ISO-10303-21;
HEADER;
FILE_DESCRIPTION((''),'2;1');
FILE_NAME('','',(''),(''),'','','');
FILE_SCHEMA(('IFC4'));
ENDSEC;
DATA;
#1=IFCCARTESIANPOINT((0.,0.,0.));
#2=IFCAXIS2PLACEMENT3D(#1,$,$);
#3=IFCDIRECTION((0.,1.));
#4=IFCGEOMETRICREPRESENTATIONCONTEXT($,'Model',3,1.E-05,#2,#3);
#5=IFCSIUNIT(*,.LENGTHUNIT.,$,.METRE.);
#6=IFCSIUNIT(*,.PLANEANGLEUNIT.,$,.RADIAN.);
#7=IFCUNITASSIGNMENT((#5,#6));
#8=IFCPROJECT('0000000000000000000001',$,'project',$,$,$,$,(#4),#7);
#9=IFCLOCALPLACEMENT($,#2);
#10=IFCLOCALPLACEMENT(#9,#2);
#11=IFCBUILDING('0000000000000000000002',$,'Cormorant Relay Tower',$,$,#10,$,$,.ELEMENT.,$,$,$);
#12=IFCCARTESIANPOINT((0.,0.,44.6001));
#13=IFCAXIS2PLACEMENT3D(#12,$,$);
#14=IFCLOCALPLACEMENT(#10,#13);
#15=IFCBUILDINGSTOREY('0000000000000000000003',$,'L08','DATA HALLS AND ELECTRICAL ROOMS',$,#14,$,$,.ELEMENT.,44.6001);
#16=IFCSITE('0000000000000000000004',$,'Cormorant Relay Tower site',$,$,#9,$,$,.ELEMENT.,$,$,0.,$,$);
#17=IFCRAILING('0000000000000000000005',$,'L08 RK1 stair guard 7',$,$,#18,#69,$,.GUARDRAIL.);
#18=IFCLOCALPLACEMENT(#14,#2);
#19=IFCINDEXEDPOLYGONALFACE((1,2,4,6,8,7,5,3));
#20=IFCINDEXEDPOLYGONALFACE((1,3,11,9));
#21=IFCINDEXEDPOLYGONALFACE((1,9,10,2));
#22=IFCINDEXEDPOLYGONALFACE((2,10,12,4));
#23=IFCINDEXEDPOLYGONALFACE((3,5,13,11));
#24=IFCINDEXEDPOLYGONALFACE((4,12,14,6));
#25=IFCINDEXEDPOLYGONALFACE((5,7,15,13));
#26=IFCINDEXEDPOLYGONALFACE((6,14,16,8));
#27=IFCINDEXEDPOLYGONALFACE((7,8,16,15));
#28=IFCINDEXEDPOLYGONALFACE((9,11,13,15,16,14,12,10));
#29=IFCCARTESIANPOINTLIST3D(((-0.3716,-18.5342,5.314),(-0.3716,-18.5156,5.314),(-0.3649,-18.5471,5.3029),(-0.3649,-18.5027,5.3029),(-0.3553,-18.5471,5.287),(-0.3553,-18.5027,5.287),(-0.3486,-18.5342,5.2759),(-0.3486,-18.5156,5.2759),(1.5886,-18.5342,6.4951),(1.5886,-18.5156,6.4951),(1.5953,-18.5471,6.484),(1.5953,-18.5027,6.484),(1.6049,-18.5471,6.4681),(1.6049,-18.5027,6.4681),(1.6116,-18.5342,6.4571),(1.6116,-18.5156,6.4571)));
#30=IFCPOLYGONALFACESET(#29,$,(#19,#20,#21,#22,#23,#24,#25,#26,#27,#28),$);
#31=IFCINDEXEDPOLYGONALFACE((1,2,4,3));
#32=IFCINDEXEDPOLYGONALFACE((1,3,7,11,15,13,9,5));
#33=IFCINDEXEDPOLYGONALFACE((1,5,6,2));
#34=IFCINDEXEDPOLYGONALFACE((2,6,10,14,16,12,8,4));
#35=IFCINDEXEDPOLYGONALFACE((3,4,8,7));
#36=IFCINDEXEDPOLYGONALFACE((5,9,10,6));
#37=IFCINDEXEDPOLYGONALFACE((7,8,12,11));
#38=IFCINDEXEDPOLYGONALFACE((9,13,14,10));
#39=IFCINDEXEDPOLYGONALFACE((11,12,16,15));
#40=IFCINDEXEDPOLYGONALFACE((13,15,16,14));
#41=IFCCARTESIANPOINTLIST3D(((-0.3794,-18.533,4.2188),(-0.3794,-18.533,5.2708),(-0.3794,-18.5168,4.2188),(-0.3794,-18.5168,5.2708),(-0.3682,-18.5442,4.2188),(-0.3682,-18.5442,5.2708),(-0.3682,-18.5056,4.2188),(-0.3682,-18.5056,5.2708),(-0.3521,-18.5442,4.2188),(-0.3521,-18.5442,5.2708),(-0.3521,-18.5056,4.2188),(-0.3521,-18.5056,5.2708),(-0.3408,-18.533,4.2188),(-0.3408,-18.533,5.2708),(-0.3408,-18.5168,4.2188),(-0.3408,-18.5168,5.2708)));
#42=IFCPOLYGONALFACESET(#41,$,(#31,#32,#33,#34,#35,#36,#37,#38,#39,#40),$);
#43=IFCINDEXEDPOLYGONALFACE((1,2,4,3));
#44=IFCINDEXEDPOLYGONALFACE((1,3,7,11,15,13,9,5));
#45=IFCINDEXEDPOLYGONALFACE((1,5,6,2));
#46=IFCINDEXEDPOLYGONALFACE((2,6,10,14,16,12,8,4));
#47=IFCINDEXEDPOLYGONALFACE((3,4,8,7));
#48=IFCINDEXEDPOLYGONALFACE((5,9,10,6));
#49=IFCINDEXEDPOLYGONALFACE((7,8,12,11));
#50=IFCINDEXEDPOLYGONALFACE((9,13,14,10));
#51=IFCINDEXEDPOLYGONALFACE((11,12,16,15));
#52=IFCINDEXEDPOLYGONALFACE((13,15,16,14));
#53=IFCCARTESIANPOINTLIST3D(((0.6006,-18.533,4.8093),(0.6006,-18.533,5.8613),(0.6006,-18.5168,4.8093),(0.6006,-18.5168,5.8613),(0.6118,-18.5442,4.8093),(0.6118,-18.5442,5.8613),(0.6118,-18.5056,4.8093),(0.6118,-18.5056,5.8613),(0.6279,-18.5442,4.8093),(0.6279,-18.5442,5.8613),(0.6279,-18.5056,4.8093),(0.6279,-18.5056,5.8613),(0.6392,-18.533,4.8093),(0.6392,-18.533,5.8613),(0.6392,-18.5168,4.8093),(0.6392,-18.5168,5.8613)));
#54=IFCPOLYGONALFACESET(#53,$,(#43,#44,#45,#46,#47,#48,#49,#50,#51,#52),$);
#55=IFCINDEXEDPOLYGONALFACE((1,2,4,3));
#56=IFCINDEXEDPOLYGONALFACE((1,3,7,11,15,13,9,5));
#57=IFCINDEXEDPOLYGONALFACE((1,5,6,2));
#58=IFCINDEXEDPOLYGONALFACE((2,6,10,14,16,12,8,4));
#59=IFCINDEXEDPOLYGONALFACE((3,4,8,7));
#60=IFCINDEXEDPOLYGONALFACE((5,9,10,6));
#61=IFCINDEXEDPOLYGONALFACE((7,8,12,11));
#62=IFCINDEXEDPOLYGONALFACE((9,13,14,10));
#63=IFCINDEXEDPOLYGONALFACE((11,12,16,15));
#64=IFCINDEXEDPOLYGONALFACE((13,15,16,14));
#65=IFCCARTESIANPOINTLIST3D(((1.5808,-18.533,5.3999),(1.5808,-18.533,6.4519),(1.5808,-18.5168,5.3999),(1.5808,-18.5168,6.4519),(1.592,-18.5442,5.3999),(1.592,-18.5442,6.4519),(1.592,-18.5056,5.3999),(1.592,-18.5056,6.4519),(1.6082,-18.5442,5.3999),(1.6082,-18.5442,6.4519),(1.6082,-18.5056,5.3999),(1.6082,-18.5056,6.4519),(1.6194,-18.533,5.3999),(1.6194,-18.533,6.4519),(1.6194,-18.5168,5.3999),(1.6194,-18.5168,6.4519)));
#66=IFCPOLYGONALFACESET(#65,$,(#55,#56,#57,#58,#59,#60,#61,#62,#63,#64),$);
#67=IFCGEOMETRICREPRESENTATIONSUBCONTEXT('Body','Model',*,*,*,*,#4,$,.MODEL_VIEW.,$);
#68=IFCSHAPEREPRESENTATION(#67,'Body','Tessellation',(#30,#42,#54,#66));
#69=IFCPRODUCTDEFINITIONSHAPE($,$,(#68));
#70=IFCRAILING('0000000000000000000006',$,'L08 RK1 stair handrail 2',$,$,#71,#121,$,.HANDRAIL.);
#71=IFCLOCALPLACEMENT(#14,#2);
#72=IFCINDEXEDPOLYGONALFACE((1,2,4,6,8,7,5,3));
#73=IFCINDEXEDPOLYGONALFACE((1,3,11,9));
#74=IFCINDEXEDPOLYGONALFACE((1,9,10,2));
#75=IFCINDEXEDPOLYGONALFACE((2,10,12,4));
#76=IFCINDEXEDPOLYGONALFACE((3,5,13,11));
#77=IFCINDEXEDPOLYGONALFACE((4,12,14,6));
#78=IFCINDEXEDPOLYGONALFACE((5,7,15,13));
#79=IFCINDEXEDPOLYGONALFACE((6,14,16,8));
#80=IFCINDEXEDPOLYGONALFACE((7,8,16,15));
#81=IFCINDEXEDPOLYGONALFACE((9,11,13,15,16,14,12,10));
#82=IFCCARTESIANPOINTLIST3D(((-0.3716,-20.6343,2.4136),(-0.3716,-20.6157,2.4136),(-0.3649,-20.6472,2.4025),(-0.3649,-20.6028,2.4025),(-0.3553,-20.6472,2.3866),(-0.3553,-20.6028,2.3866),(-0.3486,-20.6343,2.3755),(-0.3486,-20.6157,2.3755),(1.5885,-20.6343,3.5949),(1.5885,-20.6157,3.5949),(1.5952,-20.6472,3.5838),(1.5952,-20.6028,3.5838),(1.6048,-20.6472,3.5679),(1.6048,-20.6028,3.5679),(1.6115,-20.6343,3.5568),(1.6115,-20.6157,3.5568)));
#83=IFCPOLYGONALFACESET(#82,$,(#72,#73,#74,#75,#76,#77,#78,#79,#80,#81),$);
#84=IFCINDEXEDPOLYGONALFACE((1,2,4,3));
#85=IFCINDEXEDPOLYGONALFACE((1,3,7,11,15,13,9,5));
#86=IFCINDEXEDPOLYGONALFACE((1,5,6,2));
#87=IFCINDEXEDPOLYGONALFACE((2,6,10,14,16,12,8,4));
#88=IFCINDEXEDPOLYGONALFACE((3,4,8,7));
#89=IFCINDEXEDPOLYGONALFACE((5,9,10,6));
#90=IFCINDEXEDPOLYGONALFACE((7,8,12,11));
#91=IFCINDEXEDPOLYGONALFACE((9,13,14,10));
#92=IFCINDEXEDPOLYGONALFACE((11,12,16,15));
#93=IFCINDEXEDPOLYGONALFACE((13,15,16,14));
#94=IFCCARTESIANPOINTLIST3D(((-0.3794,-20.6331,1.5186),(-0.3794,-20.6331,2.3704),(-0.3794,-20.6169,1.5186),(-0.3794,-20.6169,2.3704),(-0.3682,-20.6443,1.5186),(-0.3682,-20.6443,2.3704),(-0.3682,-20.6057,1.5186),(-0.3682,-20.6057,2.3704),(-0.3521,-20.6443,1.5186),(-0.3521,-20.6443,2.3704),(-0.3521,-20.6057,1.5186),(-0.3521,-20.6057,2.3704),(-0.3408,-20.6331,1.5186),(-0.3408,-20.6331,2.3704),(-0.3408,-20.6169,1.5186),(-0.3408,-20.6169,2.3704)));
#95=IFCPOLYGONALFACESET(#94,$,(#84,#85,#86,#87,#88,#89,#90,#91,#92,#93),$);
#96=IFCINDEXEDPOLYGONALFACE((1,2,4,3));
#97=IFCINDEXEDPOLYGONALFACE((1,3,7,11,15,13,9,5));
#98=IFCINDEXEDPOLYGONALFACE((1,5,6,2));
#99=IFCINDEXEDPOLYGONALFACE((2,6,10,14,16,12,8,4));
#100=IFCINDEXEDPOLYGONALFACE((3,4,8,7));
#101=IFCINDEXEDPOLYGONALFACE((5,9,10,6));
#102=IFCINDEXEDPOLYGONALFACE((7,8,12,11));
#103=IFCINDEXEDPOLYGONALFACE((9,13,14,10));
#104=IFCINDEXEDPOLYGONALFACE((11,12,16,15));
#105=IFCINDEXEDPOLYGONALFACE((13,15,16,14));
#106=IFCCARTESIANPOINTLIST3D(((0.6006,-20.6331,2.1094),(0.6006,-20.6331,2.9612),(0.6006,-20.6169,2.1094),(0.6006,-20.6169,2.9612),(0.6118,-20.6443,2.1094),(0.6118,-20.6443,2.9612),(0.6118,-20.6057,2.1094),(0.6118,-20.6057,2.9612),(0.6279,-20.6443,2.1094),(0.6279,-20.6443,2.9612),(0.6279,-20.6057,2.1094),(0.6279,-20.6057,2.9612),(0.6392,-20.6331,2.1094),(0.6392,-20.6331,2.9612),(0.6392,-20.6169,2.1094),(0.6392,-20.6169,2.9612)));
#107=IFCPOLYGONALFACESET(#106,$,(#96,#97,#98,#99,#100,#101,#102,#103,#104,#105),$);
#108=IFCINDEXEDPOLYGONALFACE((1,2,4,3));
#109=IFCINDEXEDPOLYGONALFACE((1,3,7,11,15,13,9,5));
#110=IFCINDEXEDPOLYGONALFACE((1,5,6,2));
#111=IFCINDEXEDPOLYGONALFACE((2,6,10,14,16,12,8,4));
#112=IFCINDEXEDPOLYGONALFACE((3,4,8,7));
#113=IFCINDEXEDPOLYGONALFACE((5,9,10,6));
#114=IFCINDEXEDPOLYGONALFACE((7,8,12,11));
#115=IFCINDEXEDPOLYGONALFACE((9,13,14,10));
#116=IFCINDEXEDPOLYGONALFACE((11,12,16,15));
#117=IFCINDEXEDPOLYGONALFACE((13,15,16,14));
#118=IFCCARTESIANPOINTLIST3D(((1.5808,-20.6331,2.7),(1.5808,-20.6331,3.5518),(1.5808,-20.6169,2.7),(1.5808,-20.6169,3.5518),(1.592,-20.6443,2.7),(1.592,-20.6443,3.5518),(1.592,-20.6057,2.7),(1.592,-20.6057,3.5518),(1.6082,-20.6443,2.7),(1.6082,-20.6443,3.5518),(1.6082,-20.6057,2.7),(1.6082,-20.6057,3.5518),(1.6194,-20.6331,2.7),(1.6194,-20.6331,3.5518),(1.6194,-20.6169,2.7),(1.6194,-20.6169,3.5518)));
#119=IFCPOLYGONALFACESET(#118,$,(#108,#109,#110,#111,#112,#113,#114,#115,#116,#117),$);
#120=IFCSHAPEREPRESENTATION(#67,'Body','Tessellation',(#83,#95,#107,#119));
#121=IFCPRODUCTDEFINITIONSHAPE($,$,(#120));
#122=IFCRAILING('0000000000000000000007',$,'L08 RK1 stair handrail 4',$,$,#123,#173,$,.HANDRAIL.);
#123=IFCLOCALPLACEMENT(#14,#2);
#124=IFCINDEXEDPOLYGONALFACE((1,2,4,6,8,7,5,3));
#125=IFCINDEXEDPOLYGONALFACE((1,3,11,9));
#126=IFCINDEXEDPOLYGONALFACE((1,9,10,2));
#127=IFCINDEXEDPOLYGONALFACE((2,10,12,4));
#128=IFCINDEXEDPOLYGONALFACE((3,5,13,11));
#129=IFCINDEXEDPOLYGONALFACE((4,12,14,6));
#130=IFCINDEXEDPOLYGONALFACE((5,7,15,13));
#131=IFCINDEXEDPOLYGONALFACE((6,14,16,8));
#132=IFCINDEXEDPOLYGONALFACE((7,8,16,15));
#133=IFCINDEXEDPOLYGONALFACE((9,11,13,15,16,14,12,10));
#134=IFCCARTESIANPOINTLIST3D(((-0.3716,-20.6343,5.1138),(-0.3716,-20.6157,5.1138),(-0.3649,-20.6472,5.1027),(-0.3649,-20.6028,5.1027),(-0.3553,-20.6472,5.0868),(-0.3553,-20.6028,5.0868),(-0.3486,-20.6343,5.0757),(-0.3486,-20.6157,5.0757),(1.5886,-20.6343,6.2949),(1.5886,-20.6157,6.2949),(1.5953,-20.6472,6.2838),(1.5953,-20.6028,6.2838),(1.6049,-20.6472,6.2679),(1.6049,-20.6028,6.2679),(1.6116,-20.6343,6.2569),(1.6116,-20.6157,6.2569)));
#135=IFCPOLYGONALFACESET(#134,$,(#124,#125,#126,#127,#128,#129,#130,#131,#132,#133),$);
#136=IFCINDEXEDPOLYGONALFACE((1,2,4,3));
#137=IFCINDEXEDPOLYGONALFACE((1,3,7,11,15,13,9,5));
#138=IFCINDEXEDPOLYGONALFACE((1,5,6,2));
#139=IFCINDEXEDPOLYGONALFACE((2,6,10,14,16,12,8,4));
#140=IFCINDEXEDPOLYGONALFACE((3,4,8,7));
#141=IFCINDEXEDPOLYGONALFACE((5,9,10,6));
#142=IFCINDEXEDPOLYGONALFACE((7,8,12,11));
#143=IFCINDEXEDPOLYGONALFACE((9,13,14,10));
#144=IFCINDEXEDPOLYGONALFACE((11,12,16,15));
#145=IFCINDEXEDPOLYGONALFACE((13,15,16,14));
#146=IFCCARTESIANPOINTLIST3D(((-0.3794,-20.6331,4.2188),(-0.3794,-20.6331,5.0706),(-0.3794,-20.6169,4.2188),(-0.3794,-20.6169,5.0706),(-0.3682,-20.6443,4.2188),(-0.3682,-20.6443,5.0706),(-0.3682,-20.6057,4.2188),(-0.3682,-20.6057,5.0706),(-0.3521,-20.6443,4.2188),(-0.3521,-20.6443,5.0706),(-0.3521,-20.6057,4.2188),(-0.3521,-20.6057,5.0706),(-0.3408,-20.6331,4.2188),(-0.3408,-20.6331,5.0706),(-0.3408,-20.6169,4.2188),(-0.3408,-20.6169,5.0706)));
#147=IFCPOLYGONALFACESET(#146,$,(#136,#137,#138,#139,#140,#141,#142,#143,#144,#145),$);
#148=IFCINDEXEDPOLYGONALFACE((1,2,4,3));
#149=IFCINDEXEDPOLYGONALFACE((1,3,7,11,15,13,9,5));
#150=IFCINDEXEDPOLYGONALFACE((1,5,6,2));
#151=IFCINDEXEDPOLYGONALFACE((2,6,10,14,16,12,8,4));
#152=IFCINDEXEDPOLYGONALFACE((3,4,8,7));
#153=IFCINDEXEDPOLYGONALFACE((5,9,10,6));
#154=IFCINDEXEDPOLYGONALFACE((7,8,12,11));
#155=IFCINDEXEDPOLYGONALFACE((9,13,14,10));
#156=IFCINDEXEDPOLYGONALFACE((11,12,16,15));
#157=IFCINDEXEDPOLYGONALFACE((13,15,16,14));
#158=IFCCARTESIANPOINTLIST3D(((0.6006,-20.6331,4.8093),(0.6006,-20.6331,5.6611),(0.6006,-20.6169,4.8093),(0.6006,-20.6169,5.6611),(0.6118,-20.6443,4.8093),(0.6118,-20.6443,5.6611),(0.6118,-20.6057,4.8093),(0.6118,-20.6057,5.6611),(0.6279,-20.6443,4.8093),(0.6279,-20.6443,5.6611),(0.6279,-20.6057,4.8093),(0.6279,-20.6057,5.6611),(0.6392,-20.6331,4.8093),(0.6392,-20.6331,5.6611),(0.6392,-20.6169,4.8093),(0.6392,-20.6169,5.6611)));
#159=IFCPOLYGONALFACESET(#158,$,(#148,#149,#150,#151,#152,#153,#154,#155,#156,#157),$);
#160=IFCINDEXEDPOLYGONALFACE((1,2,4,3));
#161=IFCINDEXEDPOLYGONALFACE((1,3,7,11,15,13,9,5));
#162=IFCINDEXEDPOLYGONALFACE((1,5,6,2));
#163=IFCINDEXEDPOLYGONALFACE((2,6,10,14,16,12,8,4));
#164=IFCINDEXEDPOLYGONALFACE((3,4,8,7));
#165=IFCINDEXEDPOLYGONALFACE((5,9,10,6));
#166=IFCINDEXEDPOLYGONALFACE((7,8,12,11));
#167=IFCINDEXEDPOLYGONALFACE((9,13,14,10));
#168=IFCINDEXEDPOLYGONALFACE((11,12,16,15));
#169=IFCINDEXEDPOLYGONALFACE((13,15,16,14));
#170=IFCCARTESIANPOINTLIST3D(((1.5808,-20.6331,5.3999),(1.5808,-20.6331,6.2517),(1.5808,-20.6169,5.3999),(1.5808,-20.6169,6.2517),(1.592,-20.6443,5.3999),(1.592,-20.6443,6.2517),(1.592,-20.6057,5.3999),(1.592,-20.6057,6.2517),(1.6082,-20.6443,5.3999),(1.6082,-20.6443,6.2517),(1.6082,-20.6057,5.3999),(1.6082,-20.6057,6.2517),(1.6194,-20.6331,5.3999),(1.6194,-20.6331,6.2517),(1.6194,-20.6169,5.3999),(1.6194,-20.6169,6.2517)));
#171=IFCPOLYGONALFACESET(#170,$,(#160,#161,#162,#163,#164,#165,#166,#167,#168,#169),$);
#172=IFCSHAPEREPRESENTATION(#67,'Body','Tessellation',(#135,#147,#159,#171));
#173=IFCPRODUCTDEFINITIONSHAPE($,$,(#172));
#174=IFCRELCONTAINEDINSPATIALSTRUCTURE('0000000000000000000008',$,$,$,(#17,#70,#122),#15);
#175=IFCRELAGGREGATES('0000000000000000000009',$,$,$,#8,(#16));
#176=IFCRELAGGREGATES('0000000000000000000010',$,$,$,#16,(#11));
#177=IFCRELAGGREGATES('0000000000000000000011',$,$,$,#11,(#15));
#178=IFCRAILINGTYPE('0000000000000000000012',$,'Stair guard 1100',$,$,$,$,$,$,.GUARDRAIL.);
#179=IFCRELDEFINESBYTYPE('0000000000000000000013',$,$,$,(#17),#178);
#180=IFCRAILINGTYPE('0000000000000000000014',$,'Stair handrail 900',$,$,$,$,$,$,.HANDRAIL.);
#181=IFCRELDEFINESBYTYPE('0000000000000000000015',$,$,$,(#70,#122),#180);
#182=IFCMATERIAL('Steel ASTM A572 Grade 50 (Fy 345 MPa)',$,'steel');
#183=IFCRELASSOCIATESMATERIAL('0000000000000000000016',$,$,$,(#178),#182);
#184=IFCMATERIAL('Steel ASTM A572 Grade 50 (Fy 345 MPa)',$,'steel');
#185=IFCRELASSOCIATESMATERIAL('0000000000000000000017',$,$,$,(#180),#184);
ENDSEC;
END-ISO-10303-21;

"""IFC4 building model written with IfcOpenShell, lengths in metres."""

from ifc_helpers import new_model, si_unit, direction, frame, origin, place, context, subcontext, project, spatial, polyline, outline, extrude, material, type_object, element, save


model = new_model("IFC4")

# Units and contexts
model_context = context("Model", 3, precision=1e-05, world=origin(), true_north=direction((0.0, 1.0)))
body_context = subcontext(model_context, "Body", "Model", "MODEL_VIEW")
ifc_project = project(units=[si_unit("LENGTHUNIT", "METRE"), si_unit("PLANEANGLEUNIT", "RADIAN")], contexts=[model_context])

# Site, building, storey
site_placement = place(None, origin())
site = spatial("IfcSite", under=ifc_project, at=site_placement, Name="Cormorant Relay Tower site", CompositionType="ELEMENT", RefElevation=0.0)
building_placement = place(site_placement, origin())
building = spatial("IfcBuilding", under=site, at=building_placement, Name="Cormorant Relay Tower", CompositionType="ELEMENT")
storey_placement = place(building_placement, frame((0.0, 0.0, 44.6001)))
storey = spatial("IfcBuildingStorey", under=building, at=storey_placement, Name="L08", Description="DATA HALLS AND ELECTRICAL ROOMS", CompositionType="ELEMENT", Elevation=44.6001)

# Railings
ifc_material_1 = material(Name="Steel ASTM A572 Grade 50 (Fy 345 MPa)", Category="steel")
railing_type_1 = type_object("IfcRailingType", Name="Stair guard 1100", PredefinedType="GUARDRAIL", material=ifc_material_1)
railing_1_placement = place(storey_placement, frame((-0.3601, -18.5249, 4.2188)))
element("IfcRailing", 1, at=railing_1_placement, inside=storey, type_object=railing_type_1, Name="L08 RK1 stair guard 7", PredefinedType="GUARDRAIL", context=body_context, shape_type="SweptSolid", body=[
    extrude(outline(polyline([(0.0222, 0.0093), (0.0093, 0.0222), (-0.0093, 0.0222), (-0.0222, 0.0093), (-0.0222, -0.0093), (-0.0093, -0.0222), (0.0093, -0.0222), (0.0222, -0.0093), (0.0222, 0.0093)])), frame((0.0, 0.0, 1.0762), z_axis=(0.856522, 0.0, 0.516111), x_axis=(0.0, 1.0, 0.0)), (0.0, 0.0, 1.0), 2.2886),
    extrude(outline(polyline([(0.0193, 0.0081), (0.0081, 0.0193), (-0.0081, 0.0193), (-0.0193, 0.0081), (-0.0193, -0.0081), (-0.0081, -0.0193), (0.0081, -0.0193), (0.0193, -0.0081), (0.0193, 0.0081)])), origin(), (0.0, 0.0, 1.0), 1.052),
    extrude(outline(polyline([(0.0193, 0.0081), (0.0081, 0.0193), (-0.0081, 0.0193), (-0.0193, 0.0081), (-0.0193, -0.0081), (-0.0081, -0.0193), (0.0081, -0.0193), (0.0193, -0.0081), (0.0193, 0.0081)])), frame((0.98, 0.0, 0.5906)), (0.0, 0.0, 1.0), 1.052),
    extrude(outline(polyline([(0.0193, 0.0081), (0.0081, 0.0193), (-0.0081, 0.0193), (-0.0193, 0.0081), (-0.0193, -0.0081), (-0.0081, -0.0193), (0.0081, -0.0193), (0.0193, -0.0081), (0.0193, 0.0081)])), frame((1.9602, 0.0, 1.1812)), (0.0, 0.0, 1.0), 1.052),
])
ifc_material_2 = material(Name="Steel ASTM A572 Grade 50 (Fy 345 MPa)", Category="steel")
railing_type_2 = type_object("IfcRailingType", Name="Stair handrail 900", PredefinedType="HANDRAIL", material=ifc_material_2)
railing_2_placement = place(storey_placement, frame((-0.3601, -20.625, 1.5186)))
element("IfcRailing", 2, at=railing_2_placement, inside=storey, type_object=railing_type_2, Name="L08 RK1 stair handrail 2", PredefinedType="HANDRAIL", context=body_context, shape_type="SweptSolid", body=[
    extrude(outline(polyline([(0.0222, 0.0093), (0.0093, 0.0222), (-0.0093, 0.0222), (-0.0222, 0.0093), (-0.0222, -0.0093), (-0.0093, -0.0222), (0.0093, -0.0222), (0.0222, -0.0093), (0.0222, 0.0093)])), frame((0.0, 0.0, 0.876), z_axis=(0.856475, 0.0, 0.516189), x_axis=(0.0, 1.0, 0.0)), (0.0, 0.0, 1.0), 2.2886),
    extrude(outline(polyline([(0.0193, 0.0081), (0.0081, 0.0193), (-0.0081, 0.0193), (-0.0193, 0.0081), (-0.0193, -0.0081), (-0.0081, -0.0193), (0.0081, -0.0193), (0.0193, -0.0081), (0.0193, 0.0081)])), origin(), (0.0, 0.0, 1.0), 0.8518),
    extrude(outline(polyline([(0.0193, 0.0081), (0.0081, 0.0193), (-0.0081, 0.0193), (-0.0193, 0.0081), (-0.0193, -0.0081), (-0.0081, -0.0193), (0.0081, -0.0193), (0.0193, -0.0081), (0.0193, 0.0081)])), frame((0.98, 0.0, 0.5908)), (0.0, 0.0, 1.0), 0.8518),
    extrude(outline(polyline([(0.0193, 0.0081), (0.0081, 0.0193), (-0.0081, 0.0193), (-0.0193, 0.0081), (-0.0193, -0.0081), (-0.0081, -0.0193), (0.0081, -0.0193), (0.0193, -0.0081), (0.0193, 0.0081)])), frame((1.9602, 0.0, 1.1814)), (0.0, 0.0, 1.0), 0.8518),
])
railing_3_placement = place(storey_placement, frame((-0.3601, -20.625, 4.2188)))
element("IfcRailing", 3, at=railing_3_placement, inside=storey, type_object=railing_type_2, Name="L08 RK1 stair handrail 4", PredefinedType="HANDRAIL", context=body_context, shape_type="SweptSolid", body=[
    extrude(outline(polyline([(0.0222, 0.0093), (0.0093, 0.0222), (-0.0093, 0.0222), (-0.0222, 0.0093), (-0.0222, -0.0093), (-0.0093, -0.0222), (0.0093, -0.0222), (0.0222, -0.0093), (0.0222, 0.0093)])), frame((0.0, 0.0, 0.876), z_axis=(0.856522, 0.0, 0.516111), x_axis=(0.0, 1.0, 0.0)), (0.0, 0.0, 1.0), 2.2886),
    extrude(outline(polyline([(0.0193, 0.0081), (0.0081, 0.0193), (-0.0081, 0.0193), (-0.0193, 0.0081), (-0.0193, -0.0081), (-0.0081, -0.0193), (0.0081, -0.0193), (0.0193, -0.0081), (0.0193, 0.0081)])), origin(), (0.0, 0.0, 1.0), 0.8518),
    extrude(outline(polyline([(0.0193, 0.0081), (0.0081, 0.0193), (-0.0081, 0.0193), (-0.0193, 0.0081), (-0.0193, -0.0081), (-0.0081, -0.0193), (0.0081, -0.0193), (0.0193, -0.0081), (0.0193, 0.0081)])), frame((0.98, 0.0, 0.5906)), (0.0, 0.0, 1.0), 0.8518),
    extrude(outline(polyline([(0.0193, 0.0081), (0.0081, 0.0193), (-0.0081, 0.0193), (-0.0193, 0.0081), (-0.0193, -0.0081), (-0.0081, -0.0193), (0.0081, -0.0193), (0.0193, -0.0081), (0.0193, 0.0081)])), frame((1.9602, 0.0, 1.1812)), (0.0, 0.0, 1.0), 0.8518),
])

save(model, "model.ifc")
